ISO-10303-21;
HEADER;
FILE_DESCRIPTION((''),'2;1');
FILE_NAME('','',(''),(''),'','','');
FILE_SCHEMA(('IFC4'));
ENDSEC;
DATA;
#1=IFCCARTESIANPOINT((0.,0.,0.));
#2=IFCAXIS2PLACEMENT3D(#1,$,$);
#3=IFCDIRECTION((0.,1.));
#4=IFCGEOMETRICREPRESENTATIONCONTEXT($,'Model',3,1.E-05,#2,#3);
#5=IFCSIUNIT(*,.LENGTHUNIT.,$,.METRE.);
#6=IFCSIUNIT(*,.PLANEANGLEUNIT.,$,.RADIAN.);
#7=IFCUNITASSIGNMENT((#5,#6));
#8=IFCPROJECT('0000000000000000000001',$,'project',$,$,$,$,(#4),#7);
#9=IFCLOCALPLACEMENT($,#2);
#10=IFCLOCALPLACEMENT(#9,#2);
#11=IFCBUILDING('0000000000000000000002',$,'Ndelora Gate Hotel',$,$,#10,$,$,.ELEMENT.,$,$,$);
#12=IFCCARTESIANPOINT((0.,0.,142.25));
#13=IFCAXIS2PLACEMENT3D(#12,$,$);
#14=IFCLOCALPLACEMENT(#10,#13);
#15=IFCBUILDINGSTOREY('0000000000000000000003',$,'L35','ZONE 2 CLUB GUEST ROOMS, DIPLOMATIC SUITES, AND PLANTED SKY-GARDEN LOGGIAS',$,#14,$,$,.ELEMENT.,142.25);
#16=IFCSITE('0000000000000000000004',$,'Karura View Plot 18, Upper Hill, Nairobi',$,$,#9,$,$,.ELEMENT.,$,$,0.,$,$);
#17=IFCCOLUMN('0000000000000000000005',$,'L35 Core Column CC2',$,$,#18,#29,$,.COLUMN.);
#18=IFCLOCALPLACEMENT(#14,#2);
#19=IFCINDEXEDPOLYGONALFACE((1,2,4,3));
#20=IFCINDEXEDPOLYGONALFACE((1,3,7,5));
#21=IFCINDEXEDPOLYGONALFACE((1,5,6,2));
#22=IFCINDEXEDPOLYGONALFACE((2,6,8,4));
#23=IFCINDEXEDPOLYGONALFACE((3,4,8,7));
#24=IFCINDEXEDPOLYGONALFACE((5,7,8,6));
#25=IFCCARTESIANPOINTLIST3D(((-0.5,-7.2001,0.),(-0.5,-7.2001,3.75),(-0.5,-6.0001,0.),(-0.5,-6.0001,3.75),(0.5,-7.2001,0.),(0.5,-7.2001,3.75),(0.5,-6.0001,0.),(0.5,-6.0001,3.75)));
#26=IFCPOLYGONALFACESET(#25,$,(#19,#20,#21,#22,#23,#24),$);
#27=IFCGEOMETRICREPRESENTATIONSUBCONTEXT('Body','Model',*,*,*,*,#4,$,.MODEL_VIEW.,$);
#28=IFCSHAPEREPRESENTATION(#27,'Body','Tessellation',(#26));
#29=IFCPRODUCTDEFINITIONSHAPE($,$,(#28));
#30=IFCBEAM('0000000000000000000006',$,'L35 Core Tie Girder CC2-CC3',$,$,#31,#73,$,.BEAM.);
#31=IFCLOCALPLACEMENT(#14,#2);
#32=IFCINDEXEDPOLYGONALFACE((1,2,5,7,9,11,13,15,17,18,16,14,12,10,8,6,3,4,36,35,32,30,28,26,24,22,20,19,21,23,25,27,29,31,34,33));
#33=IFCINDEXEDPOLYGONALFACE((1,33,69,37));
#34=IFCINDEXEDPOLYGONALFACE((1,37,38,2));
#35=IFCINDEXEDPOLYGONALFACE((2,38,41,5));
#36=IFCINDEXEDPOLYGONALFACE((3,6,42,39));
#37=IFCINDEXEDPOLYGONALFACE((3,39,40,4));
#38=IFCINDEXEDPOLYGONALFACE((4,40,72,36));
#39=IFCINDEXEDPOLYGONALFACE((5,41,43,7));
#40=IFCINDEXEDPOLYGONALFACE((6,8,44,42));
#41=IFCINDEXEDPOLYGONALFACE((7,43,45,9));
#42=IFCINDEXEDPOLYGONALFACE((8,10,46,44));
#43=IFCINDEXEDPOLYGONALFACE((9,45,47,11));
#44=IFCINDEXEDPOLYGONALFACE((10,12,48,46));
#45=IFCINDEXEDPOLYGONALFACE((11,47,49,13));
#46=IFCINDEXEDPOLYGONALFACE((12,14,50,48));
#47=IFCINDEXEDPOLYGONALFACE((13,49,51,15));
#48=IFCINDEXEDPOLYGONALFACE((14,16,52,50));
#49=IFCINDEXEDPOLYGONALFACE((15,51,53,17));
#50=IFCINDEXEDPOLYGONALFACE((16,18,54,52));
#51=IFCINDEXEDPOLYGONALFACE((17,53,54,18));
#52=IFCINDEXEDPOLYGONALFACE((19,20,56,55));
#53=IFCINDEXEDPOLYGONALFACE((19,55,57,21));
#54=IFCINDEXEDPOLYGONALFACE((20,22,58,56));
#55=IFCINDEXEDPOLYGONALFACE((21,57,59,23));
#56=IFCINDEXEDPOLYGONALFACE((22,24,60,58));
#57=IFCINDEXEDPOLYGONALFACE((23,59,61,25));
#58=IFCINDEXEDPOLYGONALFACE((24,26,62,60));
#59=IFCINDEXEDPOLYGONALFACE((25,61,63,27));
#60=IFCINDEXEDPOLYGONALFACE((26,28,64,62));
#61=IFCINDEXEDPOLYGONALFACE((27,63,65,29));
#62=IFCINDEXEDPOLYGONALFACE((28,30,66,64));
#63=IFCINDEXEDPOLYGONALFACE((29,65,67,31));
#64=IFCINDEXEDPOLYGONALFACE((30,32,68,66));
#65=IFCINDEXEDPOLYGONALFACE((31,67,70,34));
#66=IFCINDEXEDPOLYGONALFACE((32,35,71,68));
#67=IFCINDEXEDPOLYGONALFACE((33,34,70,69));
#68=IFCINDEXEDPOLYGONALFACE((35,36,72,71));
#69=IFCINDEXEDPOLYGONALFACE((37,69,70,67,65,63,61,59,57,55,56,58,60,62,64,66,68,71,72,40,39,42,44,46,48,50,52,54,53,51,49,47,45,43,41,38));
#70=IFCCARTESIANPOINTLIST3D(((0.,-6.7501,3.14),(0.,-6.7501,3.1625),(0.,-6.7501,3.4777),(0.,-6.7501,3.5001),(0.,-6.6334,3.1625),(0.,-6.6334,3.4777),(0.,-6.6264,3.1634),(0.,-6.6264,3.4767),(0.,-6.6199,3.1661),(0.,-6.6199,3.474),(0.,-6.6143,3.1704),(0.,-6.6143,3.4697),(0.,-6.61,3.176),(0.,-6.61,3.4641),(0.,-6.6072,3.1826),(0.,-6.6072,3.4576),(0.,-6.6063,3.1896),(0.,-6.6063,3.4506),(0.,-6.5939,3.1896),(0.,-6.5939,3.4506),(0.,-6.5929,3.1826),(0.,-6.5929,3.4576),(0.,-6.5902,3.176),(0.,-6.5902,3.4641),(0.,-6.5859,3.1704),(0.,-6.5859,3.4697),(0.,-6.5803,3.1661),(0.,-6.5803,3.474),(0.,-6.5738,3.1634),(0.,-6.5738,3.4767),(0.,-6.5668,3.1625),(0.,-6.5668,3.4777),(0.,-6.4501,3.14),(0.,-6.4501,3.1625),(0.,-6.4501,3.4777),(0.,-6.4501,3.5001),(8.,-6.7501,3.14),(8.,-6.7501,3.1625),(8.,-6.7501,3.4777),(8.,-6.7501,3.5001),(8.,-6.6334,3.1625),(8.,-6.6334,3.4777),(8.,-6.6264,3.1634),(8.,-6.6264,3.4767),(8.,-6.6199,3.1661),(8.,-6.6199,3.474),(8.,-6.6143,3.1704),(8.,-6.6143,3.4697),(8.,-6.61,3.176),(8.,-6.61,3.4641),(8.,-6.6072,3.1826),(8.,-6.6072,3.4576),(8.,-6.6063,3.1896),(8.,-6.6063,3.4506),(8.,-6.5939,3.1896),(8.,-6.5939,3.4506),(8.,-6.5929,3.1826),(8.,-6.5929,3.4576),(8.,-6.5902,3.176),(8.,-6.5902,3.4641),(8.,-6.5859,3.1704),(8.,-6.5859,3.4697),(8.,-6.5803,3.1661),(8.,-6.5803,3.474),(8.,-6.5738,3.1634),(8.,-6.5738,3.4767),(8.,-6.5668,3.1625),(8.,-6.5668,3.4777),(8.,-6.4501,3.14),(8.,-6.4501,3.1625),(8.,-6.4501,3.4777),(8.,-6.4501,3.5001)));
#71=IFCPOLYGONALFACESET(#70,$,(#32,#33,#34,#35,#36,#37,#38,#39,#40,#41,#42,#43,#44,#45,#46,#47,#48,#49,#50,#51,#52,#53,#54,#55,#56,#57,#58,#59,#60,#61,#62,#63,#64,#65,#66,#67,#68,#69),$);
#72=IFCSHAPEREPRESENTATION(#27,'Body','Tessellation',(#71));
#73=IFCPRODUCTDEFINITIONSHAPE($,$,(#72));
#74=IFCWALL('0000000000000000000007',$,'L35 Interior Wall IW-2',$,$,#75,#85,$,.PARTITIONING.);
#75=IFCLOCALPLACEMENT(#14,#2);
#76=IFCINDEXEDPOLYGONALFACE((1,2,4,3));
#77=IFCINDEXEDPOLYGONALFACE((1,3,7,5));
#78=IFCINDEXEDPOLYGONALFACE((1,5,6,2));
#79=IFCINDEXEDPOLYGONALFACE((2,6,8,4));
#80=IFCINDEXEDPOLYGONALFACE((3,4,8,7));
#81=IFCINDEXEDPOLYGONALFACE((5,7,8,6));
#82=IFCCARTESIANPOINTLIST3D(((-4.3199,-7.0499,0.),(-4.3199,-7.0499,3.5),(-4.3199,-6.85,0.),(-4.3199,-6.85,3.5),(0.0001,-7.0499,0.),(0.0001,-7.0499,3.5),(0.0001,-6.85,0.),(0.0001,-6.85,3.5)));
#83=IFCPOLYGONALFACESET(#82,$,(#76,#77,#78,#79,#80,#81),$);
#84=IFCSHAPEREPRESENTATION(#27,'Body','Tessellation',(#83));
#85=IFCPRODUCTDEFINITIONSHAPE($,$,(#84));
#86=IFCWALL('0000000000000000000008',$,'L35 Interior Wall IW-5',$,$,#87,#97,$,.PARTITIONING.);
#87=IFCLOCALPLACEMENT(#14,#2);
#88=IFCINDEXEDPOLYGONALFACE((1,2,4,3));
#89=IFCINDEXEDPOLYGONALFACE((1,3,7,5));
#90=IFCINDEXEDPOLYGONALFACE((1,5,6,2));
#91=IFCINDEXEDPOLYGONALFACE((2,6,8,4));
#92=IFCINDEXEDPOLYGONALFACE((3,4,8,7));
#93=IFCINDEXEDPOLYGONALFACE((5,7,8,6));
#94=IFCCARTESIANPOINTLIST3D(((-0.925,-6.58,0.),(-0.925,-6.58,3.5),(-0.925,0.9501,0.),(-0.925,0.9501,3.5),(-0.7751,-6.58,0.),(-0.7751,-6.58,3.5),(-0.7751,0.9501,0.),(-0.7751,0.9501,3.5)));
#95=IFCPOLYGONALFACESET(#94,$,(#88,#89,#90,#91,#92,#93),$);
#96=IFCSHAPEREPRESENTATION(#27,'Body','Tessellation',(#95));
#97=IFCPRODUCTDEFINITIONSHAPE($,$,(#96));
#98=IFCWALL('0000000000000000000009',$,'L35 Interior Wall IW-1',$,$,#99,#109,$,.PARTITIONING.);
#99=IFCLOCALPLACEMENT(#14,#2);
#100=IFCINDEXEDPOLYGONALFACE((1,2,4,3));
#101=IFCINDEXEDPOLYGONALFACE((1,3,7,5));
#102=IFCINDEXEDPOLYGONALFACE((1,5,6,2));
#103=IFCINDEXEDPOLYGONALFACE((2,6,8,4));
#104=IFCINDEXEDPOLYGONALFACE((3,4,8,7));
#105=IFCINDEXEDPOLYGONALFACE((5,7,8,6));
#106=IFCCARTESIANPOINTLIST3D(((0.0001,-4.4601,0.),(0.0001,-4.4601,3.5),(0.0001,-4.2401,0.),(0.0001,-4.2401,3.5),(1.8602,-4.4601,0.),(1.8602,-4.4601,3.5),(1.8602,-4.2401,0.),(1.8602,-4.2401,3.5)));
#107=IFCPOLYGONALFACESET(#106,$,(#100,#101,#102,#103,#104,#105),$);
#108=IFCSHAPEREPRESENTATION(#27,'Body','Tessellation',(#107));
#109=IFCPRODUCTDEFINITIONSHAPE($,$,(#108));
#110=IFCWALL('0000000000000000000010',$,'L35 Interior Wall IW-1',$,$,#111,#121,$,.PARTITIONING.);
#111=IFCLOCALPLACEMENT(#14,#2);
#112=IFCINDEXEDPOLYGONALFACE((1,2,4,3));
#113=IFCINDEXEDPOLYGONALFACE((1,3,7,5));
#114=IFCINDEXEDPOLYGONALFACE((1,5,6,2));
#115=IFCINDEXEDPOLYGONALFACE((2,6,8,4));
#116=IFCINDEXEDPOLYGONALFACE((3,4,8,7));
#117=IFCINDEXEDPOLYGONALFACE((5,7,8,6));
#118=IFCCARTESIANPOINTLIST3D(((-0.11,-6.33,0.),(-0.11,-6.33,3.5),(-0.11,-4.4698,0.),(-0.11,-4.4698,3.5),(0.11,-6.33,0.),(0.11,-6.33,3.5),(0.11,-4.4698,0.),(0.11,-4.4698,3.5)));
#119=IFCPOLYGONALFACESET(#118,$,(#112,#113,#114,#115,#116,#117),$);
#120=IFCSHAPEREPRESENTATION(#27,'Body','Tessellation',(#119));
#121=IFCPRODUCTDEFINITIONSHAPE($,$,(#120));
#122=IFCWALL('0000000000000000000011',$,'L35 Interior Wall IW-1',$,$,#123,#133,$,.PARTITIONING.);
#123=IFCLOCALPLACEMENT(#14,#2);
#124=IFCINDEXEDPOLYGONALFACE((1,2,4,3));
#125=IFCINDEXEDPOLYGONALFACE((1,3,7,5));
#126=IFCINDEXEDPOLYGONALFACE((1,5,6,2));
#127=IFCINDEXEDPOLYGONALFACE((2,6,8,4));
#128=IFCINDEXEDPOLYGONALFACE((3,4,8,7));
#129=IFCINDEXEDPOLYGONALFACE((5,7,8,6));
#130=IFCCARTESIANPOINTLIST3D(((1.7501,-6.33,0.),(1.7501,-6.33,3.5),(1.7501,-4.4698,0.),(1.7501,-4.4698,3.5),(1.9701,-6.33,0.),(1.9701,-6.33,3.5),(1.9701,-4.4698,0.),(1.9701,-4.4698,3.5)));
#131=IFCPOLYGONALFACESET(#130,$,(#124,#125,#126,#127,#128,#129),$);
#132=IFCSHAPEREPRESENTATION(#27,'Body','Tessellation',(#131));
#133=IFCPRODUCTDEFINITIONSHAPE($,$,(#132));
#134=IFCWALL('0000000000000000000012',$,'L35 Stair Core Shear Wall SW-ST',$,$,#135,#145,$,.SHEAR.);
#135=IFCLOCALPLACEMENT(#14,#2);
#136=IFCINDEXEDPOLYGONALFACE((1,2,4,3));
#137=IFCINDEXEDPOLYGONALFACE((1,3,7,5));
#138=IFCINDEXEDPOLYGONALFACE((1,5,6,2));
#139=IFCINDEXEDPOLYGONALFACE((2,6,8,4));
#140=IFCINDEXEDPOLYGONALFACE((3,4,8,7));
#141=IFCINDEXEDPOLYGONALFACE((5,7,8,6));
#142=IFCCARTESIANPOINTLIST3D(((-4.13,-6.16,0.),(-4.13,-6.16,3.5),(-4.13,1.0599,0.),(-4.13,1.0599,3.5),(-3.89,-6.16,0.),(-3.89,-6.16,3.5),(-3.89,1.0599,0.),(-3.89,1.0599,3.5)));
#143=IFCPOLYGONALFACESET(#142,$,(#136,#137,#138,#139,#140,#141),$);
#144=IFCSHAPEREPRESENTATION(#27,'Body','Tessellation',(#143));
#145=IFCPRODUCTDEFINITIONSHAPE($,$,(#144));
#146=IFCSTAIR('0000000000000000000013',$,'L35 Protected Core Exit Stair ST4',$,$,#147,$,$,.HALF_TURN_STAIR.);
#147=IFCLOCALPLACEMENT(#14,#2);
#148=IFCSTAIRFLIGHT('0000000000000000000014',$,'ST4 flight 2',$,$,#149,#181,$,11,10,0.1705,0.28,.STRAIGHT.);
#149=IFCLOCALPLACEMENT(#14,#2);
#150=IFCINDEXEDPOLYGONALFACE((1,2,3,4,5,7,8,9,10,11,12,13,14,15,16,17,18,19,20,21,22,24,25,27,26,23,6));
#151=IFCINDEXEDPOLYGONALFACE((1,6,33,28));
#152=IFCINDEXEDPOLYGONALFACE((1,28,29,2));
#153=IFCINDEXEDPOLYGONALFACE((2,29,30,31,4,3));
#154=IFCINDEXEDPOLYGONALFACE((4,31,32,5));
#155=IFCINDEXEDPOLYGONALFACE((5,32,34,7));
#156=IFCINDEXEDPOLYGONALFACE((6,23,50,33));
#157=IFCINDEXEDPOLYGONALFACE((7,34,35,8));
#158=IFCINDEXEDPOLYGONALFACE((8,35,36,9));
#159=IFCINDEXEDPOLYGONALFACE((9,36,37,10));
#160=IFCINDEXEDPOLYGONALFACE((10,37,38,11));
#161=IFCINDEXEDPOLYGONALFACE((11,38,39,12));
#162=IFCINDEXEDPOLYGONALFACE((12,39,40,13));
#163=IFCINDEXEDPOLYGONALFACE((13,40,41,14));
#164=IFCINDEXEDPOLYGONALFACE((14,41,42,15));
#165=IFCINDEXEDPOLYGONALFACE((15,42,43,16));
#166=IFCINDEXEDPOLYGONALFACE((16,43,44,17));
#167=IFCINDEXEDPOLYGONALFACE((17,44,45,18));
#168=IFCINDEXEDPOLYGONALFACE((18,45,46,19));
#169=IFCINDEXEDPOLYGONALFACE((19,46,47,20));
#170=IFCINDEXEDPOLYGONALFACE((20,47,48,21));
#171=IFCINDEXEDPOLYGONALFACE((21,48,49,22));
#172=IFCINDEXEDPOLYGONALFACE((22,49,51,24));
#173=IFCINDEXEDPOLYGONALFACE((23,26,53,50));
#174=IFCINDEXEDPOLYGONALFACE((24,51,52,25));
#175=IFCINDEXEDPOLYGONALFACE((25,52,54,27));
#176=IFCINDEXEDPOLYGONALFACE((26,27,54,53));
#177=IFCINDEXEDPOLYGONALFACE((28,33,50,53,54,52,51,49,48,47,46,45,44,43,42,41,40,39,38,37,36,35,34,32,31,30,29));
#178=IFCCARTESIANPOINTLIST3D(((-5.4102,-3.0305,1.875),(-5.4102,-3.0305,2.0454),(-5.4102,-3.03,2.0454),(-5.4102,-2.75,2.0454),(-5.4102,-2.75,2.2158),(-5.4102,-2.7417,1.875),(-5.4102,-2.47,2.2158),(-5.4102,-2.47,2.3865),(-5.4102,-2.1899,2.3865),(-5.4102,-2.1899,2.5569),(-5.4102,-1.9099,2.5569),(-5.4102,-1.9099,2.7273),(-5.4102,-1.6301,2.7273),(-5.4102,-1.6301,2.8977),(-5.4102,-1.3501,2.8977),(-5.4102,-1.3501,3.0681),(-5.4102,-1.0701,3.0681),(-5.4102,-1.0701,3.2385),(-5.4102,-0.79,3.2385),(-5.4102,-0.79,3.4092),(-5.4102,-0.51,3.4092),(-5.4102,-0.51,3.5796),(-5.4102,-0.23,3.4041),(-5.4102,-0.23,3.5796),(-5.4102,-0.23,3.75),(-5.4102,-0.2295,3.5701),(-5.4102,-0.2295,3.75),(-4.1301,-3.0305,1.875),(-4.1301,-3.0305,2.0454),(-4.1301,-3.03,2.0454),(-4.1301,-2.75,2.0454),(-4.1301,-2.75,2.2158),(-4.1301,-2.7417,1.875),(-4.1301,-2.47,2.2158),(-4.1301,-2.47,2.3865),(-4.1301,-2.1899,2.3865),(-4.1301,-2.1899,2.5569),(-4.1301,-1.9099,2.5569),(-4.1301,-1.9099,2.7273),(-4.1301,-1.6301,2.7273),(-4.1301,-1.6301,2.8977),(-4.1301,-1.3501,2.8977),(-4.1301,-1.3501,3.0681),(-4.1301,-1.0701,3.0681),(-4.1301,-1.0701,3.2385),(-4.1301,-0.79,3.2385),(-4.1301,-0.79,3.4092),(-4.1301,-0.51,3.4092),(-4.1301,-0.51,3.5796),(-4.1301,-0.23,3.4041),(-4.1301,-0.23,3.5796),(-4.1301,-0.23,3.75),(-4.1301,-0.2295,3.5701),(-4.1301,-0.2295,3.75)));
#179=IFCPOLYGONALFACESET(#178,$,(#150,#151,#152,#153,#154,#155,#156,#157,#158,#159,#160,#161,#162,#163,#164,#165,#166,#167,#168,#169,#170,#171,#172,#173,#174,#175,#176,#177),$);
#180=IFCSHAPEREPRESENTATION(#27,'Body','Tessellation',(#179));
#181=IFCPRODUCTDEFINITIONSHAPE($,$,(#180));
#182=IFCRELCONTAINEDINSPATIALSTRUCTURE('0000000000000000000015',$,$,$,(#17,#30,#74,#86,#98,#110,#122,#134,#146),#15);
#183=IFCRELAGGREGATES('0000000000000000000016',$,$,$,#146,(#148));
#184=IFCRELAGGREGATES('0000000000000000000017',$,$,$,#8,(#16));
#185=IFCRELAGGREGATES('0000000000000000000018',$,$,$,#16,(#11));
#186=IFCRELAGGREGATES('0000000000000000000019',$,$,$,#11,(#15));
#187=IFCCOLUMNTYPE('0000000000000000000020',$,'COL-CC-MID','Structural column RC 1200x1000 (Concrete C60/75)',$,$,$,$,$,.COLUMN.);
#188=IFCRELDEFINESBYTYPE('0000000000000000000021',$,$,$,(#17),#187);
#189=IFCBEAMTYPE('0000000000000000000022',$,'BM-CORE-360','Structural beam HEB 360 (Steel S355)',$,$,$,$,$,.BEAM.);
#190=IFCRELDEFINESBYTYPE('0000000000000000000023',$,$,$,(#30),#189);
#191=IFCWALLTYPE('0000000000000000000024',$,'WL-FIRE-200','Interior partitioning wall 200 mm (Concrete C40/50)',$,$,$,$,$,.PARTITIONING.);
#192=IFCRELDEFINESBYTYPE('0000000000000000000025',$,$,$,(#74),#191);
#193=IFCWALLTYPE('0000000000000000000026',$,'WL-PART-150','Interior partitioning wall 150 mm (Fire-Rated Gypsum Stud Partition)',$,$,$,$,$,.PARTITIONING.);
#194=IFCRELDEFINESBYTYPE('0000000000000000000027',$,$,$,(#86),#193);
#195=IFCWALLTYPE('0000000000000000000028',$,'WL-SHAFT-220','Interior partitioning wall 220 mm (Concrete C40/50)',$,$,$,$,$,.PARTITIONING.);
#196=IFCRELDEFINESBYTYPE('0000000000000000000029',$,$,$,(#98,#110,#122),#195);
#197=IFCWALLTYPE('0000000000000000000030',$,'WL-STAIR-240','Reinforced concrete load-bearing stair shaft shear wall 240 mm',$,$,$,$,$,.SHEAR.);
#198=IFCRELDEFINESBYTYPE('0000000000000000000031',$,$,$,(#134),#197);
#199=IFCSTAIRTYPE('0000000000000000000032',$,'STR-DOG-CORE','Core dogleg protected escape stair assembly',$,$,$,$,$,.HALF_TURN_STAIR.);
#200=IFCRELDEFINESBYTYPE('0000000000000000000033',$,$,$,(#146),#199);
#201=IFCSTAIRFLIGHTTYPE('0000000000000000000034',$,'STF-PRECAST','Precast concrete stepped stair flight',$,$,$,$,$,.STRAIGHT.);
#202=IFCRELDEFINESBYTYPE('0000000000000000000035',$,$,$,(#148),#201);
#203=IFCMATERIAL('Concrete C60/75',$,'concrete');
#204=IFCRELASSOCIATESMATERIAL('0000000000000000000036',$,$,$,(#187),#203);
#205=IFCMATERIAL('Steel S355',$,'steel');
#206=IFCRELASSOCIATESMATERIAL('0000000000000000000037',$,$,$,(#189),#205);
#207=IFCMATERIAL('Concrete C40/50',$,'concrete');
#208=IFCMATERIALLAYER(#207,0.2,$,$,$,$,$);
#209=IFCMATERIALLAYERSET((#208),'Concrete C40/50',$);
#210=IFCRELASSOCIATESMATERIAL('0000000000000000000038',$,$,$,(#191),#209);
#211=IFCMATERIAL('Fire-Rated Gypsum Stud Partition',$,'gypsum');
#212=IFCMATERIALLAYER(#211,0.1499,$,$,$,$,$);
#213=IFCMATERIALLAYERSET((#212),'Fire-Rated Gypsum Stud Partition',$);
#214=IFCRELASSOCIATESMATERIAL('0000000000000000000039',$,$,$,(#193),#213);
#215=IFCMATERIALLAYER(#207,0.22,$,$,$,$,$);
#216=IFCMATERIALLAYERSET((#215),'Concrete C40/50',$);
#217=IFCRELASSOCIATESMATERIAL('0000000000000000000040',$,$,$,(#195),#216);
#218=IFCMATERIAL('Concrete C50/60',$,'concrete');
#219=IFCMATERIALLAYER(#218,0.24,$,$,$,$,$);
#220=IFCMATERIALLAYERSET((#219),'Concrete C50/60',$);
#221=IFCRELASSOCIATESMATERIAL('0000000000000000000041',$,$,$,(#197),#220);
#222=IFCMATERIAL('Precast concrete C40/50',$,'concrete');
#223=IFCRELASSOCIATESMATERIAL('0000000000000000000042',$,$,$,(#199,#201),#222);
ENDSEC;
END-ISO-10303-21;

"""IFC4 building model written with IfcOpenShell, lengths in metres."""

from ifc_helpers import new_model, si_unit, direction, frame, frame_2d, origin, origin_2d, place, context, subcontext, project, spatial, polyline, rectangle, i_section, outline, extrude, material, layer, layer_set, material_profile, profile_set, type_object, element, aggregate, save


model = new_model("IFC4")

# Units and contexts
model_context = context("Model", 3, precision=1e-05, world=origin(), true_north=direction((0.0, 1.0)))
body_context = subcontext(model_context, "Body", "Model", "MODEL_VIEW")
ifc_project = project(units=[si_unit("LENGTHUNIT", "METRE"), si_unit("PLANEANGLEUNIT", "RADIAN")], contexts=[model_context])

# Site, building, storey
site_placement = place(None, origin())
site = spatial("IfcSite", under=ifc_project, at=site_placement, Name="Karura View Plot 18, Upper Hill, Nairobi", CompositionType="ELEMENT", RefElevation=0.0)
building_placement = place(site_placement, origin())
building = spatial("IfcBuilding", under=site, at=building_placement, Name="Ndelora Gate Hotel", CompositionType="ELEMENT")
storey_placement = place(building_placement, frame((0.0, 0.0, 142.25)))
storey = spatial("IfcBuildingStorey", under=building, at=storey_placement, Name="L35", Description="ZONE 2 CLUB GUEST ROOMS, DIPLOMATIC SUITES, AND PLANTED SKY-GARDEN LOGGIAS", CompositionType="ELEMENT", Elevation=142.25)

# Column
ifc_material_1 = material(Name="Concrete C60/75", Category="concrete")
ifc_material_profile_1 = material_profile(ifc_material_1, rectangle(XDim=1.0, YDim=1.2, at=origin_2d()), Name="RC 1200x1000")
ifc_profile_set_1 = profile_set([ifc_material_profile_1], Name="Concrete C60/75")
column_type = type_object("IfcColumnType", Name="COL-CC-MID", Description="Structural column RC 1200x1000 (Concrete C60/75)", PredefinedType="COLUMN", material=ifc_profile_set_1)
column_placement = place(storey_placement, frame((0.0, -6.6001, 0.0), z_axis=(0.0, 0.0, 1.0), x_axis=(1.0, 0.0, 0.0)))
element("IfcColumn", 1, at=column_placement, inside=storey, type_object=column_type, Name="L35 Core Column CC2", PredefinedType="COLUMN", context=body_context, shape_type="SweptSolid", body=[
    extrude(rectangle(XDim=1.0, YDim=1.2, at=origin_2d()), origin(), (0.0, 0.0, 1.0), 3.75),
])

# Beam
ifc_material_2 = material(Name="Steel S355", Category="steel")
ifc_material_profile_2 = material_profile(ifc_material_2, i_section(OverallWidth=0.3, OverallDepth=0.3601, WebThickness=0.0125, FlangeThickness=0.0225, FilletRadius=0.0271, at=origin_2d()), Name="HEB 360")
ifc_profile_set_2 = profile_set([ifc_material_profile_2], Name="Steel S355")
beam_type = type_object("IfcBeamType", Name="BM-CORE-360", Description="Structural beam HEB 360 (Steel S355)", PredefinedType="BEAM", material=ifc_profile_set_2)
beam_placement = place(storey_placement, frame((0.0, -6.6001, 3.3201), z_axis=(1.0, 0.0, 0.0), x_axis=(0.0, 1.0, 0.0)))
element("IfcBeam", 2, at=beam_placement, inside=storey, type_object=beam_type, Name="L35 Core Tie Girder CC2-CC3", PredefinedType="BEAM", context=body_context, shape_type="SweptSolid", body=[
    extrude(i_section(OverallWidth=0.3, OverallDepth=0.3601, WebThickness=0.0125, FlangeThickness=0.0225, FilletRadius=0.0271, at=origin_2d()), origin(), (0.0, 0.0, 1.0), 8.0),
])

# Walls
ifc_material_3 = material(Name="Concrete C40/50", Category="concrete")
ifc_layer_1 = layer(ifc_material_3, 0.2)
ifc_layer_set_1 = layer_set([ifc_layer_1], Name="Concrete C40/50")
wall_type_1 = type_object("IfcWallType", Name="WL-FIRE-200", Description="Interior partitioning wall 200 mm (Concrete C40/50)", PredefinedType="PARTITIONING", material=ifc_layer_set_1)
wall_1_placement = place(storey_placement, frame((-4.3201, -6.95, 0.0), z_axis=(0.0, 0.0, 1.0), x_axis=(1.0, 0.0, 0.0)))
element("IfcWall", 3, at=wall_1_placement, inside=storey, type_object=wall_type_1, Name="L35 Interior Wall IW-2", PredefinedType="PARTITIONING", context=body_context, shape_type="SweptSolid", body=[
    extrude(rectangle(XDim=4.3201, YDim=0.2, at=frame_2d((2.1602, 0.0))), origin(), (0.0, 0.0, 1.0), 3.5),
])
ifc_material_4 = material(Name="Fire-Rated Gypsum Stud Partition", Category="gypsum")
ifc_layer_2 = layer(ifc_material_4, 0.1499)
ifc_layer_set_2 = layer_set([ifc_layer_2], Name="Fire-Rated Gypsum Stud Partition")
wall_type_2 = type_object("IfcWallType", Name="WL-PART-150", Description="Interior partitioning wall 150 mm (Fire-Rated Gypsum Stud Partition)", PredefinedType="PARTITIONING", material=ifc_layer_set_2)
wall_2_placement = place(storey_placement, frame((-0.8501, -6.5801, 0.0), z_axis=(0.0, 0.0, 1.0), x_axis=(0.0, 1.0, 0.0)))
element("IfcWall", 4, at=wall_2_placement, inside=storey, type_object=wall_type_2, Name="L35 Interior Wall IW-5", PredefinedType="PARTITIONING", context=body_context, shape_type="SweptSolid", body=[
    extrude(rectangle(XDim=7.53, YDim=0.1499, at=frame_2d((3.7651, 0.0))), origin(), (0.0, 0.0, 1.0), 3.5),
])

# Shared definitions
ifc_layer_3 = layer(ifc_material_3, 0.22)
ifc_layer_set_3 = layer_set([ifc_layer_3], Name="Concrete C40/50")
wall_type_3 = type_object("IfcWallType", Name="WL-SHAFT-220", Description="Interior partitioning wall 220 mm (Concrete C40/50)", PredefinedType="PARTITIONING", material=ifc_layer_set_3)

# Walls
for number, where, z_axis, x_axis, name in (
    (5, (0.0, -4.3501, 0.0), (0.0, 0.0, 1.0), (1.0, 0.0, 0.0), "L35 Interior Wall IW-1"),
    (6, (0.0, -6.3301, 0.0), (0.0, 0.0, 1.0), (0.0, 1.0, 0.0), "L35 Interior Wall IW-1"),
    (7, (1.8601, -6.3301, 0.0), (0.0, 0.0, 1.0), (0.0, 1.0, 0.0), "L35 Interior Wall IW-1"),
):
    element("IfcWall", number, at=place(storey_placement, frame(where, z_axis=z_axis, x_axis=x_axis)), inside=storey, type_object=wall_type_3, Name=name, PredefinedType="PARTITIONING", context=body_context, shape_type="SweptSolid", body=[
        extrude(rectangle(XDim=1.8601, YDim=0.22, at=frame_2d((0.9302, 0.0))), origin(), (0.0, 0.0, 1.0), 3.5),
    ])

# Wall
ifc_material_5 = material(Name="Concrete C50/60", Category="concrete")
ifc_layer_4 = layer(ifc_material_5, 0.24)
ifc_layer_set_4 = layer_set([ifc_layer_4], Name="Concrete C50/60")
wall_type_4 = type_object("IfcWallType", Name="WL-STAIR-240", Description="Reinforced concrete load-bearing stair shaft shear wall 240 mm", PredefinedType="SHEAR", material=ifc_layer_set_4)
wall_3_placement = place(storey_placement, frame((-4.01, -6.1599, 0.0), z_axis=(0.0, 0.0, 1.0), x_axis=(0.0, 1.0, 0.0)))
element("IfcWall", 8, at=wall_3_placement, inside=storey, type_object=wall_type_4, Name="L35 Stair Core Shear Wall SW-ST", PredefinedType="SHEAR", context=body_context, shape_type="SweptSolid", body=[
    extrude(rectangle(XDim=7.22, YDim=0.24, at=frame_2d((3.6099, 0.0))), origin(), (0.0, 0.0, 1.0), 3.5),
])

# Stair, stair flight
ifc_material_6 = material(Name="Precast concrete C40/50", Category="concrete")
stair_type = type_object("IfcStairType", Name="STR-DOG-CORE", Description="Core dogleg protected escape stair assembly", PredefinedType="HALF_TURN_STAIR", material=ifc_material_6)
stair_placement = place(storey_placement, origin())
stair = element("IfcStair", 9, at=stair_placement, inside=storey, type_object=stair_type, Name="L35 Protected Core Exit Stair ST4", PredefinedType="HALF_TURN_STAIR")
stair_flight_type = type_object("IfcStairFlightType", Name="STF-PRECAST", Description="Precast concrete stepped stair flight", PredefinedType="STRAIGHT", material=ifc_material_6)
stair_flight_placement = place(storey_placement, frame((-4.77, -3.03, 1.875), z_axis=(0.0, 0.0, 1.0), x_axis=(0.0, 1.0, 0.0)))
stair_flight = element("IfcStairFlight", 10, at=stair_flight_placement, type_object=stair_flight_type, Name="ST4 flight 2", NumberOfRisers=11, NumberOfTreads=10, PredefinedType="STRAIGHT", RiserHeight=0.1705, TreadLength=0.28, context=body_context, shape_type="SweptSolid", body=[
    extrude(outline(polyline([(-0.0005, 0.0), (-0.0005, 0.1704), (0.0, 0.1704), (0.28, 0.1704), (0.28, 0.3408), (0.5601, 0.3408), (0.5601, 0.5115), (0.8401, 0.5115), (0.8401, 0.6819), (1.1201, 0.6819), (1.1201, 0.8523), (1.3999, 0.8523), (1.3999, 1.0227), (1.6799, 1.0227), (1.6799, 1.1931), (1.96, 1.1931), (1.96, 1.3635), (2.24, 1.3635), (2.24, 1.5342), (2.52, 1.5342), (2.52, 1.7046), (2.8, 1.7046), (2.8, 1.875), (2.8005, 1.875), (2.8005, 1.6951), (2.8, 1.5291), (0.2883, 0.0), (-0.0005, 0.0)])), frame((0.0, 0.6401, 0.0), z_axis=(0.0, -1.0, 0.0), x_axis=(1.0, 0.0, 0.0)), (0.0, 0.0, 1.0), 1.28),
])
aggregate(stair, [stair_flight])

save(model, "model.ifc")
